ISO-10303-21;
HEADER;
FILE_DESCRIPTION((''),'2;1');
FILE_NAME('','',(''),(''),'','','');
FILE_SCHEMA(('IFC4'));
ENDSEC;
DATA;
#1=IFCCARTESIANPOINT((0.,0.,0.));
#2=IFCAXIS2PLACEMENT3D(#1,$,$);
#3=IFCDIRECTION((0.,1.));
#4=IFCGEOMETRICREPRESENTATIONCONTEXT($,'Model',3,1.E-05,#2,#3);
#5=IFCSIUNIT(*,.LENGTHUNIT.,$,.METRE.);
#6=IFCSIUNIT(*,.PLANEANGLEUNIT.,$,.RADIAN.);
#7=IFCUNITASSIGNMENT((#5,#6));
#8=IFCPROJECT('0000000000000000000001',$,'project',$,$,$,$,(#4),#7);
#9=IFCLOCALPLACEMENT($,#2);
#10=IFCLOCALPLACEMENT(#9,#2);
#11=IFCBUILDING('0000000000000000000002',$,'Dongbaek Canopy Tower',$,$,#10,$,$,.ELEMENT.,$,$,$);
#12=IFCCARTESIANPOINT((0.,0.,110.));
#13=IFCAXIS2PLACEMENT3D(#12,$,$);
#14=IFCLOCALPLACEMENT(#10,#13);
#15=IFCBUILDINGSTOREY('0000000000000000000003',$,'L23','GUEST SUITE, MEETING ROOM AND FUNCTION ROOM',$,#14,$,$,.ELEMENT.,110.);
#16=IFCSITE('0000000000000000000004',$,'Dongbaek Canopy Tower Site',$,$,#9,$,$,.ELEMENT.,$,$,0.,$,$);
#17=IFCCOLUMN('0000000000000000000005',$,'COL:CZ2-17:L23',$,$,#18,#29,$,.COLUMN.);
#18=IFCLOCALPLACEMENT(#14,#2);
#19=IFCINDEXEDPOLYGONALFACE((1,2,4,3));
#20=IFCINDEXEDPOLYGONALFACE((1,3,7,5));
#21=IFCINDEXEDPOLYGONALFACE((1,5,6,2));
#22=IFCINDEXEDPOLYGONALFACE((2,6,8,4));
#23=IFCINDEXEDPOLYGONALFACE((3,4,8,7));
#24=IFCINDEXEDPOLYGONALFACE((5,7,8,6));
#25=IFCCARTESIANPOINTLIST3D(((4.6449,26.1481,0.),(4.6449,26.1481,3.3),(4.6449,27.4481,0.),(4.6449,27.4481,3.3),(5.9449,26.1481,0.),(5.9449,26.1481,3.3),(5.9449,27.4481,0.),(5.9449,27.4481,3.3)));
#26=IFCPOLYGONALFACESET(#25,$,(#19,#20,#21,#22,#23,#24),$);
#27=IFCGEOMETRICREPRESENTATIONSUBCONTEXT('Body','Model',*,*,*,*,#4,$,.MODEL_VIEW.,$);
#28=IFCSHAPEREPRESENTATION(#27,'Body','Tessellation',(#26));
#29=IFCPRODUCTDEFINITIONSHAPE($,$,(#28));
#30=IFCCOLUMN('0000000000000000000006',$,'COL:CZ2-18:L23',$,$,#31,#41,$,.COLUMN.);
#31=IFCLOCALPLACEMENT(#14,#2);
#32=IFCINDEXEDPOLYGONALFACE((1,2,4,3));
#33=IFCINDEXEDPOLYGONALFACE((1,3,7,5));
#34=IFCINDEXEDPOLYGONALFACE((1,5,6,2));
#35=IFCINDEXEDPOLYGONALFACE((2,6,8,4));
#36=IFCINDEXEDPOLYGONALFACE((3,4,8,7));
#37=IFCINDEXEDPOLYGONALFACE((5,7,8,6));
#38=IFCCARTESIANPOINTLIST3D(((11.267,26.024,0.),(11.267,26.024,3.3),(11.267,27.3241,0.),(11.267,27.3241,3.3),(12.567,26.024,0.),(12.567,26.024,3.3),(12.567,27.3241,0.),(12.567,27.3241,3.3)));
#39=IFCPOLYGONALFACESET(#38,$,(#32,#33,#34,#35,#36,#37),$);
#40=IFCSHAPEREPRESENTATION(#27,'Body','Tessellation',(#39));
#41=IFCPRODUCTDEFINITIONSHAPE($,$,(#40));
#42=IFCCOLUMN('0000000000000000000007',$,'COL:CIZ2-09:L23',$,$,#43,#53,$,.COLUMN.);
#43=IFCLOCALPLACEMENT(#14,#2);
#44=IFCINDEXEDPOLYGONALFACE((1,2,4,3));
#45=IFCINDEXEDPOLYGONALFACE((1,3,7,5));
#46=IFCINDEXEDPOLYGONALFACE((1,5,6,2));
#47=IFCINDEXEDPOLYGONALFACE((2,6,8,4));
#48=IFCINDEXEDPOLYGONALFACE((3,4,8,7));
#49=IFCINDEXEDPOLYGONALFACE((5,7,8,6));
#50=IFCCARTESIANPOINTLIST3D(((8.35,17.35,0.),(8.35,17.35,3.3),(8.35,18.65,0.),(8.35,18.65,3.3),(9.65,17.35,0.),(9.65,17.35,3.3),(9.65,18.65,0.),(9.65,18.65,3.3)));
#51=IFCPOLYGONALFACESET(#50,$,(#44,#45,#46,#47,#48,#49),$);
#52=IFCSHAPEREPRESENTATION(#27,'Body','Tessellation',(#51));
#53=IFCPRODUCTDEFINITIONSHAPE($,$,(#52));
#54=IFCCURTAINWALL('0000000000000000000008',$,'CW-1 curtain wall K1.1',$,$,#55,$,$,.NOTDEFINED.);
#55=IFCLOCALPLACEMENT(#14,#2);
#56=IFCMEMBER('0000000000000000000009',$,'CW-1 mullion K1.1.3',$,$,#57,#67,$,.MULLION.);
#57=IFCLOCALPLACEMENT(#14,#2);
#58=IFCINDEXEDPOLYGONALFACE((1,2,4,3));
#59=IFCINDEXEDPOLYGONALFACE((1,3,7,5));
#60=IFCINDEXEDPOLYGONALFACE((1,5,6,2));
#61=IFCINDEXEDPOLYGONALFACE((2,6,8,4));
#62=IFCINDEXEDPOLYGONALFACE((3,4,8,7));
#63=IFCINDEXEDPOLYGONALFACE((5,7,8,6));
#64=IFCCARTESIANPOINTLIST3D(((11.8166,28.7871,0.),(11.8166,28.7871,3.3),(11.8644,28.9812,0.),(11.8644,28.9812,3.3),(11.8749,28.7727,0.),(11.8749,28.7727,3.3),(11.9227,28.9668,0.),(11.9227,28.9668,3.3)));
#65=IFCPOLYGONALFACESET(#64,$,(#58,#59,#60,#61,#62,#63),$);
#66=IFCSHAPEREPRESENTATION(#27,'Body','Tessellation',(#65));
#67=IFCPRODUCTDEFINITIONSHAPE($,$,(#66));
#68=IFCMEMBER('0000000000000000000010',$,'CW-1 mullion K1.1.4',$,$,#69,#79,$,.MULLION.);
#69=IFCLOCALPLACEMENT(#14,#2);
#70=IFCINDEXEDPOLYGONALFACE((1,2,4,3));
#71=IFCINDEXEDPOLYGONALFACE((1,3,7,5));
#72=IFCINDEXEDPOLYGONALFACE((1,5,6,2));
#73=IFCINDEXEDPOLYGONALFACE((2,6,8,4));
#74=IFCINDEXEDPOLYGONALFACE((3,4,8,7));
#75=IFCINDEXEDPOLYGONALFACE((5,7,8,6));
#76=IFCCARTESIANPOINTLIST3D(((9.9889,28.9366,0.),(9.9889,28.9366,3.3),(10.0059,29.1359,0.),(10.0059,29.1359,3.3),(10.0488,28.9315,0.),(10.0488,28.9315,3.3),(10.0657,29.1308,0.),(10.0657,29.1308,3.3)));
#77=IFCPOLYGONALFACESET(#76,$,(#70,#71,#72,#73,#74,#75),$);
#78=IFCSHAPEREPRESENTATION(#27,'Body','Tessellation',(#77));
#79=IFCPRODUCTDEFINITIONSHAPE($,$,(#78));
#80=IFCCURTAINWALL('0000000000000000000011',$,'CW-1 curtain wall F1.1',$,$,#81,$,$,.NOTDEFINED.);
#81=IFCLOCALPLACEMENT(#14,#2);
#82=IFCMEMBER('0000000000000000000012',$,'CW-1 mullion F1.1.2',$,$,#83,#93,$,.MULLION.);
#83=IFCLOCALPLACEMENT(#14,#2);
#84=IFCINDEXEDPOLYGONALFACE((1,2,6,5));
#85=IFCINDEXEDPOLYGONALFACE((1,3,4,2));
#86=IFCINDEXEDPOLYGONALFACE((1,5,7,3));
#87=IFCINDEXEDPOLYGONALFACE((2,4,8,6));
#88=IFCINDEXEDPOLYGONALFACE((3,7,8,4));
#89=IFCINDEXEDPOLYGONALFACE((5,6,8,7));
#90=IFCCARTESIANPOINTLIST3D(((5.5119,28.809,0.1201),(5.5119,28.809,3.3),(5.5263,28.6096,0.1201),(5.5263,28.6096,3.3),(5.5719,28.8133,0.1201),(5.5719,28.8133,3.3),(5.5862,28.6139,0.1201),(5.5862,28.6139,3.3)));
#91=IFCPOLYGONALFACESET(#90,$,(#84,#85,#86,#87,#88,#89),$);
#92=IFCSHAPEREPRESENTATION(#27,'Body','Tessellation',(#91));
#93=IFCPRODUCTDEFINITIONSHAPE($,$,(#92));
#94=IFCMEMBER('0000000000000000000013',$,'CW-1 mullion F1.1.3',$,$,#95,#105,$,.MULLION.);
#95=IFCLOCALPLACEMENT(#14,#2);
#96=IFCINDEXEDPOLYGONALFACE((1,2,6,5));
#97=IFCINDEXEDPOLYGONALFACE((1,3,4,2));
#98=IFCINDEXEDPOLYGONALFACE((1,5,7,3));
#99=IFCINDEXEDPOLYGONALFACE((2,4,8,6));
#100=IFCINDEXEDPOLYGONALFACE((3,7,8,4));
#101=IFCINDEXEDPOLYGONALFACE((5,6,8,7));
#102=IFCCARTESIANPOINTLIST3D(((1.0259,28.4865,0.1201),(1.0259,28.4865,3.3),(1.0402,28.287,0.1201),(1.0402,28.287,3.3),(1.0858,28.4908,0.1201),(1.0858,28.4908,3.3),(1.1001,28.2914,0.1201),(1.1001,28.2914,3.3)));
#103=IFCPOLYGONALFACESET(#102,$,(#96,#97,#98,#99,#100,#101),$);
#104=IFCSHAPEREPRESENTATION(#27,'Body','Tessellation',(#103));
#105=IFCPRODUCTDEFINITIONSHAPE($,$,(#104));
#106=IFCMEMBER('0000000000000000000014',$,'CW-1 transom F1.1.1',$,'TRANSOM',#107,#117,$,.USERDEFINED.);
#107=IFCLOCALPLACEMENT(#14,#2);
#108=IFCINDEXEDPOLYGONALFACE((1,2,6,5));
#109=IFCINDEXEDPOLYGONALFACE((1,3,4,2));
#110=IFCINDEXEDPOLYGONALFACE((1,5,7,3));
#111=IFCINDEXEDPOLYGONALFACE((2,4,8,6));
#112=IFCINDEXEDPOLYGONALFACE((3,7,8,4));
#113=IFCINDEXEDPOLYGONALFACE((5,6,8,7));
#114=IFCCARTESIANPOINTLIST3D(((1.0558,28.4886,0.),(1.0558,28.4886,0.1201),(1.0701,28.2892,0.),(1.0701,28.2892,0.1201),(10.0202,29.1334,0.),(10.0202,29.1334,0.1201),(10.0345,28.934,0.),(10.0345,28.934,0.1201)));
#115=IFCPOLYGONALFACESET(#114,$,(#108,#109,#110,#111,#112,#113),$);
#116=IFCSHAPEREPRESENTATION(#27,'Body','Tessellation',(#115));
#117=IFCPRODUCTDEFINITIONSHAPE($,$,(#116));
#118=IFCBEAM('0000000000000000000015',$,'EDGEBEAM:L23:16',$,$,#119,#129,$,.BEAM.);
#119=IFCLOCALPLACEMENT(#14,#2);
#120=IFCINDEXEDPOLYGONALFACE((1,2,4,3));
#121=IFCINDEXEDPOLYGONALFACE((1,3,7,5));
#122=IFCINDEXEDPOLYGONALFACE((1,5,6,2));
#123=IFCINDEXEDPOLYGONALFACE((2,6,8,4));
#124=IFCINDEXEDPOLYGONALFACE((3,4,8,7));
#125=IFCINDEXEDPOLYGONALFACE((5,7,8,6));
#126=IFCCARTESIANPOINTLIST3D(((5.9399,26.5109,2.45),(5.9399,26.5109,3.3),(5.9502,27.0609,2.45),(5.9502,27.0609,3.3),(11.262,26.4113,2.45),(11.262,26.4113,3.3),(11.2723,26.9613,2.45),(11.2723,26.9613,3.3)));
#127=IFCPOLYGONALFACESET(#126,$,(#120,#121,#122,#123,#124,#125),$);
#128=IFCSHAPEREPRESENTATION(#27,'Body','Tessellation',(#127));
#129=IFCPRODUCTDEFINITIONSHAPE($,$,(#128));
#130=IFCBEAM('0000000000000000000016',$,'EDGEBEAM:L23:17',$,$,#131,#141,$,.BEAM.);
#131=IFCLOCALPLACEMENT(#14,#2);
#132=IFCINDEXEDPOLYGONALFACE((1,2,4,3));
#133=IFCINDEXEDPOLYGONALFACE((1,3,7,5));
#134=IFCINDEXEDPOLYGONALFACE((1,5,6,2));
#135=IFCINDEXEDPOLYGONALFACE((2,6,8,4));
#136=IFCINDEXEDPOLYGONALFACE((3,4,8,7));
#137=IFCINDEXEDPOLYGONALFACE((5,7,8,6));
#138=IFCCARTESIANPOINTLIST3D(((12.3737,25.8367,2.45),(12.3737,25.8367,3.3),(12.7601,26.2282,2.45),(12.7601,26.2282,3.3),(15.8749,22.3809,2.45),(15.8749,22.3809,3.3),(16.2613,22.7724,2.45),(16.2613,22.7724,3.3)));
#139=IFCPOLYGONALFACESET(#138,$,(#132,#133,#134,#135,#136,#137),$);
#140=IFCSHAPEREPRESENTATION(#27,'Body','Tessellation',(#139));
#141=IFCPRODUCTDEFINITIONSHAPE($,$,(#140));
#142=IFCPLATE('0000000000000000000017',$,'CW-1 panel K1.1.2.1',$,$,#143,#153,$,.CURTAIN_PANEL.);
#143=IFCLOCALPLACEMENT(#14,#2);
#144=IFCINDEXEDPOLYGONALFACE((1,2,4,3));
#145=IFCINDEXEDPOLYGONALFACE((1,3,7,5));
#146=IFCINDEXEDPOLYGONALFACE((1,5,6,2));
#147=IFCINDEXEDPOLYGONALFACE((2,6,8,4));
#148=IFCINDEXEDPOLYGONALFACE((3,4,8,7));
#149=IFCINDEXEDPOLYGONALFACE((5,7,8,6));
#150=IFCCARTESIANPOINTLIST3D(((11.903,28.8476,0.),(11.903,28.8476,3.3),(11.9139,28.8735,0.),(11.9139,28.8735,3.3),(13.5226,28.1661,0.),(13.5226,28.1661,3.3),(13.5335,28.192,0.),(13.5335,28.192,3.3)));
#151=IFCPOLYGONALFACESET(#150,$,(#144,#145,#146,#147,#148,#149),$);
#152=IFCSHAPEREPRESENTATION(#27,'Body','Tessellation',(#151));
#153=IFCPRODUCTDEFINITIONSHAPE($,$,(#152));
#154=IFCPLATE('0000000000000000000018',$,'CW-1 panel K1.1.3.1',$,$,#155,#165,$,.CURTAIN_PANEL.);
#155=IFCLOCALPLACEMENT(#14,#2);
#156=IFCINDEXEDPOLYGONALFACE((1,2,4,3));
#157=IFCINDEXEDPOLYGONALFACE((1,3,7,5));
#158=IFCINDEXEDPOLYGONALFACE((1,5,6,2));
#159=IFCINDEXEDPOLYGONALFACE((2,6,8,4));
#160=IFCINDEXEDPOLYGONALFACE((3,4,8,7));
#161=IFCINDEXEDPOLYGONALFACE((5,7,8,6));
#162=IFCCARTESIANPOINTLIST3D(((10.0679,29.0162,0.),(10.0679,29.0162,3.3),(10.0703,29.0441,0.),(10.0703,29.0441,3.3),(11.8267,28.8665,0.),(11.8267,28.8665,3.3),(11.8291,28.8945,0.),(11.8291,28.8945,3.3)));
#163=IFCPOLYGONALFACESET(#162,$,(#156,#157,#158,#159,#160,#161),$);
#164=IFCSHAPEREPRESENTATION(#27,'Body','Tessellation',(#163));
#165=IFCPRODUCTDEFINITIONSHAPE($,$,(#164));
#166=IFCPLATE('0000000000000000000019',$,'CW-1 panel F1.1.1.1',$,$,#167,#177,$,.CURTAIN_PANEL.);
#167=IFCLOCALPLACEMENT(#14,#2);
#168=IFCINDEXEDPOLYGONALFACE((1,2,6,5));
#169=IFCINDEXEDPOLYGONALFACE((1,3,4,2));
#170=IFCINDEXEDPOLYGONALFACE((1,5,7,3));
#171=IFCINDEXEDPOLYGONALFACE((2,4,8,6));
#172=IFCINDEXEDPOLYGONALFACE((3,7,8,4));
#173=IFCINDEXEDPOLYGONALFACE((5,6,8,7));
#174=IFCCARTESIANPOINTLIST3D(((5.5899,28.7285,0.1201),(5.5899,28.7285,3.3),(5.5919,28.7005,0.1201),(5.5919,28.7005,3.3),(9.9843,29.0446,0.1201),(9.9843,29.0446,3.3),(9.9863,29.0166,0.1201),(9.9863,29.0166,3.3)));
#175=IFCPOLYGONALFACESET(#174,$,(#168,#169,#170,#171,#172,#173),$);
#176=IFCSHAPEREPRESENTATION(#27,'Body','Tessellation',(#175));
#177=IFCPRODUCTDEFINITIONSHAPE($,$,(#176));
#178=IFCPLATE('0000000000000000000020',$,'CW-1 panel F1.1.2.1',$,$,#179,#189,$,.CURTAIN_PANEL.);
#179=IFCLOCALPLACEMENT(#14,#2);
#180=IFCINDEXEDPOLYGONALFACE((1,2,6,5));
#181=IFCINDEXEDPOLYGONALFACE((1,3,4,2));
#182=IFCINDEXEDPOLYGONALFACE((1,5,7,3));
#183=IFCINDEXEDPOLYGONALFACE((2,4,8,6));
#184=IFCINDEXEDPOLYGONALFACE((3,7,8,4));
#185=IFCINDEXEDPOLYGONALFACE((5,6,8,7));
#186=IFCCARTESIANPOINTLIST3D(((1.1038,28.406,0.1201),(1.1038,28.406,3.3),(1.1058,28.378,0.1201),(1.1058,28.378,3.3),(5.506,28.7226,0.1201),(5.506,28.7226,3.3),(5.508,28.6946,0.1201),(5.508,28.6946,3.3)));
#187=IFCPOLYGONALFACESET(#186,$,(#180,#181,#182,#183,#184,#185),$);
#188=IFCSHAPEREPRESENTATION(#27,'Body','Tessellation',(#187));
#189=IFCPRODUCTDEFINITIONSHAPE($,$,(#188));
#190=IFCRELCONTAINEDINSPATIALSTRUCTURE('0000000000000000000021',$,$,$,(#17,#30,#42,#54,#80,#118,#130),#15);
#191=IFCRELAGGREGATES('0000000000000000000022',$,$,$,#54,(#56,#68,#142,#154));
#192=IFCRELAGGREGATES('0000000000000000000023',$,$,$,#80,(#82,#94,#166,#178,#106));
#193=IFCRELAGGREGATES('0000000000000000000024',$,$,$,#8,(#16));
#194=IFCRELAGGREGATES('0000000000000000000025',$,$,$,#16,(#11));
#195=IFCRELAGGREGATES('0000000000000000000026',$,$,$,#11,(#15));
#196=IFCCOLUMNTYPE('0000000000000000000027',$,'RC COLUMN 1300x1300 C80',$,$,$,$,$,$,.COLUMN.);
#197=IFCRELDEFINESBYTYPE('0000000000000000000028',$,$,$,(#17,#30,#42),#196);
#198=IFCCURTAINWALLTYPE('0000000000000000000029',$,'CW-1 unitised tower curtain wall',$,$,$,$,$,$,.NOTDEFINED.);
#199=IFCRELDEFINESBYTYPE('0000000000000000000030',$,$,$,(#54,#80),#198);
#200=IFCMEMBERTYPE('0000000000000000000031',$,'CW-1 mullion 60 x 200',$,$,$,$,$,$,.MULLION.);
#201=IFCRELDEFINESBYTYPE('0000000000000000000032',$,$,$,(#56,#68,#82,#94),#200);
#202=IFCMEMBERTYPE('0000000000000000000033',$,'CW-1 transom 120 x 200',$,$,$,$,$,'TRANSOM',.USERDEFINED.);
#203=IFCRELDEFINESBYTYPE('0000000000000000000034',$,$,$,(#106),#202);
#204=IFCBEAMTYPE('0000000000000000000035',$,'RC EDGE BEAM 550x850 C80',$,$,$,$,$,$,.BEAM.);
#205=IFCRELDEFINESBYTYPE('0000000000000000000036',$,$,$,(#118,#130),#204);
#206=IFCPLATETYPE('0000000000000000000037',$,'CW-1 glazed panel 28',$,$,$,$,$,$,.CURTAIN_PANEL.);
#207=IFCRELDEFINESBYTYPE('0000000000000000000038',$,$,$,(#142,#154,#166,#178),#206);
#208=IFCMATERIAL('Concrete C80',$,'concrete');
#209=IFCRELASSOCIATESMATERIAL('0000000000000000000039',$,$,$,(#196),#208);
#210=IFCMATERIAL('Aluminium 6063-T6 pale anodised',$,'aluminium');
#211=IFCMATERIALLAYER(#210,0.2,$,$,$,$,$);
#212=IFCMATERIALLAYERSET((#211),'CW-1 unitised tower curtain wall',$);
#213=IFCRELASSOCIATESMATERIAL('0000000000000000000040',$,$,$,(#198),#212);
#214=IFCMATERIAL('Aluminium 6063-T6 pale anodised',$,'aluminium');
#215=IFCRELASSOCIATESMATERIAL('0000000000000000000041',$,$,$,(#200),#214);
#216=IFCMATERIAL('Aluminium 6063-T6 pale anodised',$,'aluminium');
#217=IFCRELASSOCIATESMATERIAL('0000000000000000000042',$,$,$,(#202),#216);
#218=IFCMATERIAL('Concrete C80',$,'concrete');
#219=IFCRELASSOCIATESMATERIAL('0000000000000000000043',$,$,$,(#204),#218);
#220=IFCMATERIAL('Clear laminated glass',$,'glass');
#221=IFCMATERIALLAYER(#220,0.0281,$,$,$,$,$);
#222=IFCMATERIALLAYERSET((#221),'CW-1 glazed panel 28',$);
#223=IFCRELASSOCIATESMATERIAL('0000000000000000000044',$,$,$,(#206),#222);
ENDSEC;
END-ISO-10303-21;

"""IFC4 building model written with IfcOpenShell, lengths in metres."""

from ifc_helpers import new_model, si_unit, direction, frame, origin, origin_2d, place, context, subcontext, project, spatial, rectangle, extrude, material, layer, layer_set, material_profile, profile_set, type_object, element, aggregate, save


model = new_model("IFC4")

# Units and contexts
model_context = context("Model", 3, precision=1e-05, world=origin(), true_north=direction((0.0, 1.0)))
body_context = subcontext(model_context, "Body", "Model", "MODEL_VIEW")
ifc_project = project(units=[si_unit("LENGTHUNIT", "METRE"), si_unit("PLANEANGLEUNIT", "RADIAN")], contexts=[model_context])

# Site, building, storey
site_placement = place(None, origin())
site = spatial("IfcSite", under=ifc_project, at=site_placement, Name="Dongbaek Canopy Tower Site", CompositionType="ELEMENT", RefElevation=0.0)
building_placement = place(site_placement, origin())
building = spatial("IfcBuilding", under=site, at=building_placement, Name="Dongbaek Canopy Tower", CompositionType="ELEMENT")
storey_placement = place(building_placement, frame((0.0, 0.0, 110.0)))
storey = spatial("IfcBuildingStorey", under=building, at=storey_placement, Name="L23", Description="GUEST SUITE, MEETING ROOM AND FUNCTION ROOM", CompositionType="ELEMENT", Elevation=110.0)

# Columns
ifc_material_1 = material(Name="Concrete C80", Category="concrete")
ifc_material_profile_1 = material_profile(ifc_material_1, rectangle(XDim=1.3, YDim=1.3, at=origin_2d()), Name="RC COLUMN 1300x1300 C80")
ifc_profile_set_1 = profile_set([ifc_material_profile_1], Name="Concrete C80")
column_type = type_object("IfcColumnType", Name="RC COLUMN 1300x1300 C80", PredefinedType="COLUMN", material=ifc_profile_set_1)
for number, where, z_axis, x_axis, name in (
    (1, (5.2949, 26.7981, 0.0), (0.0, 0.0, 1.0), (1.0, 0.0, 0.0), "COL:CZ2-17:L23"),
    (2, (11.917, 26.6741, 0.0), (0.0, 0.0, 1.0), (1.0, 0.0, 0.0), "COL:CZ2-18:L23"),
    (3, (9.0, 18.0, 0.0), (0.0, 0.0, 1.0), (1.0, 0.0, 0.0), "COL:CIZ2-09:L23"),
):
    element("IfcColumn", number, at=place(storey_placement, frame(where, z_axis=z_axis, x_axis=x_axis)), inside=storey, type_object=column_type, Name=name, PredefinedType="COLUMN", context=body_context, shape_type="SweptSolid", body=[
        extrude(rectangle(XDim=1.3, YDim=1.3, at=origin_2d()), origin(), (0.0, 0.0, 1.0), 3.3),
    ])

# Curtain walls, members
ifc_material_2 = material(Name="Aluminium 6063-T6 pale anodised", Category="aluminium")
ifc_layer_1 = layer(ifc_material_2, 0.2)
ifc_layer_set_1 = layer_set([ifc_layer_1], Name="CW-1 unitised tower curtain wall")
curtain_wall_type = type_object("IfcCurtainWallType", Name="CW-1 unitised tower curtain wall", PredefinedType="NOTDEFINED", material=ifc_layer_set_1)
curtain_wall_1_placement = place(storey_placement, origin())
curtain_wall_1 = element("IfcCurtainWall", 4, at=curtain_wall_1_placement, inside=storey, type_object=curtain_wall_type, Name="CW-1 curtain wall K1.1", PredefinedType="NOTDEFINED")
ifc_material_3 = material(Name="Aluminium 6063-T6 pale anodised", Category="aluminium")
ifc_material_profile_2 = material_profile(ifc_material_3, rectangle(XDim=0.2, YDim=0.0601, at=origin_2d()), Name="CW-1 mullion 60 x 200")
ifc_profile_set_2 = profile_set([ifc_material_profile_2], Name="Aluminium 6063-T6 pale anodised")
member_type_1 = type_object("IfcMemberType", Name="CW-1 mullion 60 x 200", PredefinedType="MULLION", material=ifc_profile_set_2)
member_1_placement = place(storey_placement, frame((11.8696, 28.877, 0.0), z_axis=(0.0, 0.0, 1.0), x_axis=(0.23925, 0.970958, 0.0)))
member_1 = element("IfcMember", 5, at=member_1_placement, type_object=member_type_1, Name="CW-1 mullion K1.1.3", PredefinedType="MULLION", context=body_context, shape_type="SweptSolid", body=[
    extrude(rectangle(XDim=0.2, YDim=0.0601, at=origin_2d()), origin(), (0.0, 0.0, 1.0), 3.3),
])
member_2_placement = place(storey_placement, frame((10.0273, 29.0337, 0.0), z_axis=(0.0, 0.0, 1.0), x_axis=(0.084793, 0.996399, 0.0)))
member_2 = element("IfcMember", 6, at=member_2_placement, type_object=member_type_1, Name="CW-1 mullion K1.1.4", PredefinedType="MULLION", context=body_context, shape_type="SweptSolid", body=[
    extrude(rectangle(XDim=0.2, YDim=0.0601, at=origin_2d()), origin(), (0.0, 0.0, 1.0), 3.3),
])
curtain_wall_2_placement = place(storey_placement, origin())
curtain_wall_2 = element("IfcCurtainWall", 7, at=curtain_wall_2_placement, inside=storey, type_object=curtain_wall_type, Name="CW-1 curtain wall F1.1", PredefinedType="NOTDEFINED")
member_3_placement = place(storey_placement, frame((5.5491, 28.7114, 0.1201), z_axis=(0.0, 0.0, 1.0), x_axis=(-0.071743, 0.997423, 0.0)))
member_3 = element("IfcMember", 8, at=member_3_placement, type_object=member_type_1, Name="CW-1 mullion F1.1.2", PredefinedType="MULLION", context=body_context, shape_type="SweptSolid", body=[
    extrude(rectangle(XDim=0.2, YDim=0.0601, at=origin_2d()), origin(), (0.0, 0.0, 1.0), 3.1799),
])
member_4_placement = place(storey_placement, frame((1.063, 28.3889, 0.1201), z_axis=(0.0, 0.0, 1.0), x_axis=(-0.071743, 0.997423, 0.0)))
member_4 = element("IfcMember", 9, at=member_4_placement, type_object=member_type_1, Name="CW-1 mullion F1.1.3", PredefinedType="MULLION", context=body_context, shape_type="SweptSolid", body=[
    extrude(rectangle(XDim=0.2, YDim=0.0601, at=origin_2d()), origin(), (0.0, 0.0, 1.0), 3.1799),
])
ifc_material_4 = material(Name="Aluminium 6063-T6 pale anodised", Category="aluminium")
ifc_material_profile_3 = material_profile(ifc_material_4, rectangle(XDim=0.2, YDim=0.1201, at=origin_2d()), Name="CW-1 transom 120 x 200")
ifc_profile_set_3 = profile_set([ifc_material_profile_3], Name="Aluminium 6063-T6 pale anodised")
member_type_2 = type_object("IfcMemberType", Name="CW-1 transom 120 x 200", ElementType="TRANSOM", PredefinedType="USERDEFINED", material=ifc_profile_set_3)
member_5_placement = place(storey_placement, frame((10.0273, 29.0337, 0.0601), z_axis=(-0.997423, -0.071741, 0.0), x_axis=(0.071741, -0.997423, 0.0)))
member_5 = element("IfcMember", 10, at=member_5_placement, type_object=member_type_2, Name="CW-1 transom F1.1.1", ObjectType="TRANSOM", PredefinedType="USERDEFINED", context=body_context, shape_type="SweptSolid", body=[
    extrude(rectangle(XDim=0.2, YDim=0.1201, at=origin_2d()), origin(), (0.0, 0.0, 1.0), 8.9875),
])

# Beams
ifc_material_5 = material(Name="Concrete C80", Category="concrete")
ifc_material_profile_4 = material_profile(ifc_material_5, rectangle(XDim=0.55, YDim=0.8501, at=origin_2d()), Name="RC EDGE BEAM 550x850 C80")
ifc_profile_set_4 = profile_set([ifc_material_profile_4], Name="Concrete C80")
beam_type = type_object("IfcBeamType", Name="RC EDGE BEAM 550x850 C80", PredefinedType="BEAM", material=ifc_profile_set_4)
beam_1_placement = place(storey_placement, frame((5.9451, 26.7859, 2.875), z_axis=(0.999825, -0.018713, 0.0), x_axis=(0.018713, 0.999825, 0.0)))
element("IfcBeam", 11, at=beam_1_placement, inside=storey, type_object=beam_type, Name="EDGEBEAM:L23:16", PredefinedType="BEAM", context=body_context, shape_type="SweptSolid", body=[
    extrude(rectangle(XDim=0.55, YDim=0.8501, at=origin_2d()), origin(), (0.0, 0.0, 1.0), 5.323),
])
beam_2_placement = place(storey_placement, frame((12.5669, 26.0325, 2.875), z_axis=(0.711707, -0.702476, 0.0), x_axis=(0.702476, 0.711707, 0.0)))
element("IfcBeam", 12, at=beam_2_placement, inside=storey, type_object=beam_type, Name="EDGEBEAM:L23:17", PredefinedType="BEAM", context=body_context, shape_type="SweptSolid", body=[
    extrude(rectangle(XDim=0.55, YDim=0.8501, at=origin_2d()), origin(), (0.0, 0.0, 1.0), 4.9194),
])

# Plates
ifc_material_6 = material(Name="Clear laminated glass", Category="glass")
ifc_layer_2 = layer(ifc_material_6, 0.0281)
ifc_layer_set_2 = layer_set([ifc_layer_2], Name="CW-1 glazed panel 28")
plate_type = type_object("IfcPlateType", Name="CW-1 glazed panel 28", PredefinedType="CURTAIN_PANEL", material=ifc_layer_set_2)
plate_1_placement = place(storey_placement, frame((12.7183, 28.5198, 0.0), z_axis=(0.0, 0.0, 1.0), x_axis=(-0.921724, 0.387845, 0.0)))
plate_1 = element("IfcPlate", 13, at=plate_1_placement, type_object=plate_type, Name="CW-1 panel K1.1.2.1", PredefinedType="CURTAIN_PANEL", context=body_context, shape_type="SweptSolid", body=[
    extrude(rectangle(XDim=1.7571, YDim=0.0281, at=origin_2d()), origin(), (0.0, 0.0, 1.0), 3.3),
])
plate_2_placement = place(storey_placement, frame((10.9485, 28.9553, 0.0), z_axis=(0.0, 0.0, 1.0), x_axis=(-0.996399, 0.084793, 0.0)))
plate_2 = element("IfcPlate", 14, at=plate_2_placement, type_object=plate_type, Name="CW-1 panel K1.1.3.1", PredefinedType="CURTAIN_PANEL", context=body_context, shape_type="SweptSolid", body=[
    extrude(rectangle(XDim=1.7651, YDim=0.0281, at=origin_2d()), origin(), (0.0, 0.0, 1.0), 3.3),
])
aggregate(curtain_wall_1, [member_1, member_2, plate_1, plate_2])
plate_3_placement = place(storey_placement, frame((7.7881, 28.8726, 0.1201), z_axis=(0.0, 0.0, 1.0), x_axis=(-0.997423, -0.071743, 0.0)))
plate_3 = element("IfcPlate", 15, at=plate_3_placement, type_object=plate_type, Name="CW-1 panel F1.1.1.1", PredefinedType="CURTAIN_PANEL", context=body_context, shape_type="SweptSolid", body=[
    extrude(rectangle(XDim=4.4058, YDim=0.0281, at=origin_2d()), origin(), (0.0, 0.0, 1.0), 3.1799),
])
plate_4_placement = place(storey_placement, frame((3.3059, 28.5503, 0.1201), z_axis=(0.0, 0.0, 1.0), x_axis=(-0.997423, -0.071743, 0.0)))
plate_4 = element("IfcPlate", 16, at=plate_4_placement, type_object=plate_type, Name="CW-1 panel F1.1.2.1", PredefinedType="CURTAIN_PANEL", context=body_context, shape_type="SweptSolid", body=[
    extrude(rectangle(XDim=4.4136, YDim=0.0281, at=origin_2d()), origin(), (0.0, 0.0, 1.0), 3.1799),
])

aggregate(curtain_wall_2, [member_3, member_4, plate_3, plate_4, member_5])

save(model, "model.ifc")
